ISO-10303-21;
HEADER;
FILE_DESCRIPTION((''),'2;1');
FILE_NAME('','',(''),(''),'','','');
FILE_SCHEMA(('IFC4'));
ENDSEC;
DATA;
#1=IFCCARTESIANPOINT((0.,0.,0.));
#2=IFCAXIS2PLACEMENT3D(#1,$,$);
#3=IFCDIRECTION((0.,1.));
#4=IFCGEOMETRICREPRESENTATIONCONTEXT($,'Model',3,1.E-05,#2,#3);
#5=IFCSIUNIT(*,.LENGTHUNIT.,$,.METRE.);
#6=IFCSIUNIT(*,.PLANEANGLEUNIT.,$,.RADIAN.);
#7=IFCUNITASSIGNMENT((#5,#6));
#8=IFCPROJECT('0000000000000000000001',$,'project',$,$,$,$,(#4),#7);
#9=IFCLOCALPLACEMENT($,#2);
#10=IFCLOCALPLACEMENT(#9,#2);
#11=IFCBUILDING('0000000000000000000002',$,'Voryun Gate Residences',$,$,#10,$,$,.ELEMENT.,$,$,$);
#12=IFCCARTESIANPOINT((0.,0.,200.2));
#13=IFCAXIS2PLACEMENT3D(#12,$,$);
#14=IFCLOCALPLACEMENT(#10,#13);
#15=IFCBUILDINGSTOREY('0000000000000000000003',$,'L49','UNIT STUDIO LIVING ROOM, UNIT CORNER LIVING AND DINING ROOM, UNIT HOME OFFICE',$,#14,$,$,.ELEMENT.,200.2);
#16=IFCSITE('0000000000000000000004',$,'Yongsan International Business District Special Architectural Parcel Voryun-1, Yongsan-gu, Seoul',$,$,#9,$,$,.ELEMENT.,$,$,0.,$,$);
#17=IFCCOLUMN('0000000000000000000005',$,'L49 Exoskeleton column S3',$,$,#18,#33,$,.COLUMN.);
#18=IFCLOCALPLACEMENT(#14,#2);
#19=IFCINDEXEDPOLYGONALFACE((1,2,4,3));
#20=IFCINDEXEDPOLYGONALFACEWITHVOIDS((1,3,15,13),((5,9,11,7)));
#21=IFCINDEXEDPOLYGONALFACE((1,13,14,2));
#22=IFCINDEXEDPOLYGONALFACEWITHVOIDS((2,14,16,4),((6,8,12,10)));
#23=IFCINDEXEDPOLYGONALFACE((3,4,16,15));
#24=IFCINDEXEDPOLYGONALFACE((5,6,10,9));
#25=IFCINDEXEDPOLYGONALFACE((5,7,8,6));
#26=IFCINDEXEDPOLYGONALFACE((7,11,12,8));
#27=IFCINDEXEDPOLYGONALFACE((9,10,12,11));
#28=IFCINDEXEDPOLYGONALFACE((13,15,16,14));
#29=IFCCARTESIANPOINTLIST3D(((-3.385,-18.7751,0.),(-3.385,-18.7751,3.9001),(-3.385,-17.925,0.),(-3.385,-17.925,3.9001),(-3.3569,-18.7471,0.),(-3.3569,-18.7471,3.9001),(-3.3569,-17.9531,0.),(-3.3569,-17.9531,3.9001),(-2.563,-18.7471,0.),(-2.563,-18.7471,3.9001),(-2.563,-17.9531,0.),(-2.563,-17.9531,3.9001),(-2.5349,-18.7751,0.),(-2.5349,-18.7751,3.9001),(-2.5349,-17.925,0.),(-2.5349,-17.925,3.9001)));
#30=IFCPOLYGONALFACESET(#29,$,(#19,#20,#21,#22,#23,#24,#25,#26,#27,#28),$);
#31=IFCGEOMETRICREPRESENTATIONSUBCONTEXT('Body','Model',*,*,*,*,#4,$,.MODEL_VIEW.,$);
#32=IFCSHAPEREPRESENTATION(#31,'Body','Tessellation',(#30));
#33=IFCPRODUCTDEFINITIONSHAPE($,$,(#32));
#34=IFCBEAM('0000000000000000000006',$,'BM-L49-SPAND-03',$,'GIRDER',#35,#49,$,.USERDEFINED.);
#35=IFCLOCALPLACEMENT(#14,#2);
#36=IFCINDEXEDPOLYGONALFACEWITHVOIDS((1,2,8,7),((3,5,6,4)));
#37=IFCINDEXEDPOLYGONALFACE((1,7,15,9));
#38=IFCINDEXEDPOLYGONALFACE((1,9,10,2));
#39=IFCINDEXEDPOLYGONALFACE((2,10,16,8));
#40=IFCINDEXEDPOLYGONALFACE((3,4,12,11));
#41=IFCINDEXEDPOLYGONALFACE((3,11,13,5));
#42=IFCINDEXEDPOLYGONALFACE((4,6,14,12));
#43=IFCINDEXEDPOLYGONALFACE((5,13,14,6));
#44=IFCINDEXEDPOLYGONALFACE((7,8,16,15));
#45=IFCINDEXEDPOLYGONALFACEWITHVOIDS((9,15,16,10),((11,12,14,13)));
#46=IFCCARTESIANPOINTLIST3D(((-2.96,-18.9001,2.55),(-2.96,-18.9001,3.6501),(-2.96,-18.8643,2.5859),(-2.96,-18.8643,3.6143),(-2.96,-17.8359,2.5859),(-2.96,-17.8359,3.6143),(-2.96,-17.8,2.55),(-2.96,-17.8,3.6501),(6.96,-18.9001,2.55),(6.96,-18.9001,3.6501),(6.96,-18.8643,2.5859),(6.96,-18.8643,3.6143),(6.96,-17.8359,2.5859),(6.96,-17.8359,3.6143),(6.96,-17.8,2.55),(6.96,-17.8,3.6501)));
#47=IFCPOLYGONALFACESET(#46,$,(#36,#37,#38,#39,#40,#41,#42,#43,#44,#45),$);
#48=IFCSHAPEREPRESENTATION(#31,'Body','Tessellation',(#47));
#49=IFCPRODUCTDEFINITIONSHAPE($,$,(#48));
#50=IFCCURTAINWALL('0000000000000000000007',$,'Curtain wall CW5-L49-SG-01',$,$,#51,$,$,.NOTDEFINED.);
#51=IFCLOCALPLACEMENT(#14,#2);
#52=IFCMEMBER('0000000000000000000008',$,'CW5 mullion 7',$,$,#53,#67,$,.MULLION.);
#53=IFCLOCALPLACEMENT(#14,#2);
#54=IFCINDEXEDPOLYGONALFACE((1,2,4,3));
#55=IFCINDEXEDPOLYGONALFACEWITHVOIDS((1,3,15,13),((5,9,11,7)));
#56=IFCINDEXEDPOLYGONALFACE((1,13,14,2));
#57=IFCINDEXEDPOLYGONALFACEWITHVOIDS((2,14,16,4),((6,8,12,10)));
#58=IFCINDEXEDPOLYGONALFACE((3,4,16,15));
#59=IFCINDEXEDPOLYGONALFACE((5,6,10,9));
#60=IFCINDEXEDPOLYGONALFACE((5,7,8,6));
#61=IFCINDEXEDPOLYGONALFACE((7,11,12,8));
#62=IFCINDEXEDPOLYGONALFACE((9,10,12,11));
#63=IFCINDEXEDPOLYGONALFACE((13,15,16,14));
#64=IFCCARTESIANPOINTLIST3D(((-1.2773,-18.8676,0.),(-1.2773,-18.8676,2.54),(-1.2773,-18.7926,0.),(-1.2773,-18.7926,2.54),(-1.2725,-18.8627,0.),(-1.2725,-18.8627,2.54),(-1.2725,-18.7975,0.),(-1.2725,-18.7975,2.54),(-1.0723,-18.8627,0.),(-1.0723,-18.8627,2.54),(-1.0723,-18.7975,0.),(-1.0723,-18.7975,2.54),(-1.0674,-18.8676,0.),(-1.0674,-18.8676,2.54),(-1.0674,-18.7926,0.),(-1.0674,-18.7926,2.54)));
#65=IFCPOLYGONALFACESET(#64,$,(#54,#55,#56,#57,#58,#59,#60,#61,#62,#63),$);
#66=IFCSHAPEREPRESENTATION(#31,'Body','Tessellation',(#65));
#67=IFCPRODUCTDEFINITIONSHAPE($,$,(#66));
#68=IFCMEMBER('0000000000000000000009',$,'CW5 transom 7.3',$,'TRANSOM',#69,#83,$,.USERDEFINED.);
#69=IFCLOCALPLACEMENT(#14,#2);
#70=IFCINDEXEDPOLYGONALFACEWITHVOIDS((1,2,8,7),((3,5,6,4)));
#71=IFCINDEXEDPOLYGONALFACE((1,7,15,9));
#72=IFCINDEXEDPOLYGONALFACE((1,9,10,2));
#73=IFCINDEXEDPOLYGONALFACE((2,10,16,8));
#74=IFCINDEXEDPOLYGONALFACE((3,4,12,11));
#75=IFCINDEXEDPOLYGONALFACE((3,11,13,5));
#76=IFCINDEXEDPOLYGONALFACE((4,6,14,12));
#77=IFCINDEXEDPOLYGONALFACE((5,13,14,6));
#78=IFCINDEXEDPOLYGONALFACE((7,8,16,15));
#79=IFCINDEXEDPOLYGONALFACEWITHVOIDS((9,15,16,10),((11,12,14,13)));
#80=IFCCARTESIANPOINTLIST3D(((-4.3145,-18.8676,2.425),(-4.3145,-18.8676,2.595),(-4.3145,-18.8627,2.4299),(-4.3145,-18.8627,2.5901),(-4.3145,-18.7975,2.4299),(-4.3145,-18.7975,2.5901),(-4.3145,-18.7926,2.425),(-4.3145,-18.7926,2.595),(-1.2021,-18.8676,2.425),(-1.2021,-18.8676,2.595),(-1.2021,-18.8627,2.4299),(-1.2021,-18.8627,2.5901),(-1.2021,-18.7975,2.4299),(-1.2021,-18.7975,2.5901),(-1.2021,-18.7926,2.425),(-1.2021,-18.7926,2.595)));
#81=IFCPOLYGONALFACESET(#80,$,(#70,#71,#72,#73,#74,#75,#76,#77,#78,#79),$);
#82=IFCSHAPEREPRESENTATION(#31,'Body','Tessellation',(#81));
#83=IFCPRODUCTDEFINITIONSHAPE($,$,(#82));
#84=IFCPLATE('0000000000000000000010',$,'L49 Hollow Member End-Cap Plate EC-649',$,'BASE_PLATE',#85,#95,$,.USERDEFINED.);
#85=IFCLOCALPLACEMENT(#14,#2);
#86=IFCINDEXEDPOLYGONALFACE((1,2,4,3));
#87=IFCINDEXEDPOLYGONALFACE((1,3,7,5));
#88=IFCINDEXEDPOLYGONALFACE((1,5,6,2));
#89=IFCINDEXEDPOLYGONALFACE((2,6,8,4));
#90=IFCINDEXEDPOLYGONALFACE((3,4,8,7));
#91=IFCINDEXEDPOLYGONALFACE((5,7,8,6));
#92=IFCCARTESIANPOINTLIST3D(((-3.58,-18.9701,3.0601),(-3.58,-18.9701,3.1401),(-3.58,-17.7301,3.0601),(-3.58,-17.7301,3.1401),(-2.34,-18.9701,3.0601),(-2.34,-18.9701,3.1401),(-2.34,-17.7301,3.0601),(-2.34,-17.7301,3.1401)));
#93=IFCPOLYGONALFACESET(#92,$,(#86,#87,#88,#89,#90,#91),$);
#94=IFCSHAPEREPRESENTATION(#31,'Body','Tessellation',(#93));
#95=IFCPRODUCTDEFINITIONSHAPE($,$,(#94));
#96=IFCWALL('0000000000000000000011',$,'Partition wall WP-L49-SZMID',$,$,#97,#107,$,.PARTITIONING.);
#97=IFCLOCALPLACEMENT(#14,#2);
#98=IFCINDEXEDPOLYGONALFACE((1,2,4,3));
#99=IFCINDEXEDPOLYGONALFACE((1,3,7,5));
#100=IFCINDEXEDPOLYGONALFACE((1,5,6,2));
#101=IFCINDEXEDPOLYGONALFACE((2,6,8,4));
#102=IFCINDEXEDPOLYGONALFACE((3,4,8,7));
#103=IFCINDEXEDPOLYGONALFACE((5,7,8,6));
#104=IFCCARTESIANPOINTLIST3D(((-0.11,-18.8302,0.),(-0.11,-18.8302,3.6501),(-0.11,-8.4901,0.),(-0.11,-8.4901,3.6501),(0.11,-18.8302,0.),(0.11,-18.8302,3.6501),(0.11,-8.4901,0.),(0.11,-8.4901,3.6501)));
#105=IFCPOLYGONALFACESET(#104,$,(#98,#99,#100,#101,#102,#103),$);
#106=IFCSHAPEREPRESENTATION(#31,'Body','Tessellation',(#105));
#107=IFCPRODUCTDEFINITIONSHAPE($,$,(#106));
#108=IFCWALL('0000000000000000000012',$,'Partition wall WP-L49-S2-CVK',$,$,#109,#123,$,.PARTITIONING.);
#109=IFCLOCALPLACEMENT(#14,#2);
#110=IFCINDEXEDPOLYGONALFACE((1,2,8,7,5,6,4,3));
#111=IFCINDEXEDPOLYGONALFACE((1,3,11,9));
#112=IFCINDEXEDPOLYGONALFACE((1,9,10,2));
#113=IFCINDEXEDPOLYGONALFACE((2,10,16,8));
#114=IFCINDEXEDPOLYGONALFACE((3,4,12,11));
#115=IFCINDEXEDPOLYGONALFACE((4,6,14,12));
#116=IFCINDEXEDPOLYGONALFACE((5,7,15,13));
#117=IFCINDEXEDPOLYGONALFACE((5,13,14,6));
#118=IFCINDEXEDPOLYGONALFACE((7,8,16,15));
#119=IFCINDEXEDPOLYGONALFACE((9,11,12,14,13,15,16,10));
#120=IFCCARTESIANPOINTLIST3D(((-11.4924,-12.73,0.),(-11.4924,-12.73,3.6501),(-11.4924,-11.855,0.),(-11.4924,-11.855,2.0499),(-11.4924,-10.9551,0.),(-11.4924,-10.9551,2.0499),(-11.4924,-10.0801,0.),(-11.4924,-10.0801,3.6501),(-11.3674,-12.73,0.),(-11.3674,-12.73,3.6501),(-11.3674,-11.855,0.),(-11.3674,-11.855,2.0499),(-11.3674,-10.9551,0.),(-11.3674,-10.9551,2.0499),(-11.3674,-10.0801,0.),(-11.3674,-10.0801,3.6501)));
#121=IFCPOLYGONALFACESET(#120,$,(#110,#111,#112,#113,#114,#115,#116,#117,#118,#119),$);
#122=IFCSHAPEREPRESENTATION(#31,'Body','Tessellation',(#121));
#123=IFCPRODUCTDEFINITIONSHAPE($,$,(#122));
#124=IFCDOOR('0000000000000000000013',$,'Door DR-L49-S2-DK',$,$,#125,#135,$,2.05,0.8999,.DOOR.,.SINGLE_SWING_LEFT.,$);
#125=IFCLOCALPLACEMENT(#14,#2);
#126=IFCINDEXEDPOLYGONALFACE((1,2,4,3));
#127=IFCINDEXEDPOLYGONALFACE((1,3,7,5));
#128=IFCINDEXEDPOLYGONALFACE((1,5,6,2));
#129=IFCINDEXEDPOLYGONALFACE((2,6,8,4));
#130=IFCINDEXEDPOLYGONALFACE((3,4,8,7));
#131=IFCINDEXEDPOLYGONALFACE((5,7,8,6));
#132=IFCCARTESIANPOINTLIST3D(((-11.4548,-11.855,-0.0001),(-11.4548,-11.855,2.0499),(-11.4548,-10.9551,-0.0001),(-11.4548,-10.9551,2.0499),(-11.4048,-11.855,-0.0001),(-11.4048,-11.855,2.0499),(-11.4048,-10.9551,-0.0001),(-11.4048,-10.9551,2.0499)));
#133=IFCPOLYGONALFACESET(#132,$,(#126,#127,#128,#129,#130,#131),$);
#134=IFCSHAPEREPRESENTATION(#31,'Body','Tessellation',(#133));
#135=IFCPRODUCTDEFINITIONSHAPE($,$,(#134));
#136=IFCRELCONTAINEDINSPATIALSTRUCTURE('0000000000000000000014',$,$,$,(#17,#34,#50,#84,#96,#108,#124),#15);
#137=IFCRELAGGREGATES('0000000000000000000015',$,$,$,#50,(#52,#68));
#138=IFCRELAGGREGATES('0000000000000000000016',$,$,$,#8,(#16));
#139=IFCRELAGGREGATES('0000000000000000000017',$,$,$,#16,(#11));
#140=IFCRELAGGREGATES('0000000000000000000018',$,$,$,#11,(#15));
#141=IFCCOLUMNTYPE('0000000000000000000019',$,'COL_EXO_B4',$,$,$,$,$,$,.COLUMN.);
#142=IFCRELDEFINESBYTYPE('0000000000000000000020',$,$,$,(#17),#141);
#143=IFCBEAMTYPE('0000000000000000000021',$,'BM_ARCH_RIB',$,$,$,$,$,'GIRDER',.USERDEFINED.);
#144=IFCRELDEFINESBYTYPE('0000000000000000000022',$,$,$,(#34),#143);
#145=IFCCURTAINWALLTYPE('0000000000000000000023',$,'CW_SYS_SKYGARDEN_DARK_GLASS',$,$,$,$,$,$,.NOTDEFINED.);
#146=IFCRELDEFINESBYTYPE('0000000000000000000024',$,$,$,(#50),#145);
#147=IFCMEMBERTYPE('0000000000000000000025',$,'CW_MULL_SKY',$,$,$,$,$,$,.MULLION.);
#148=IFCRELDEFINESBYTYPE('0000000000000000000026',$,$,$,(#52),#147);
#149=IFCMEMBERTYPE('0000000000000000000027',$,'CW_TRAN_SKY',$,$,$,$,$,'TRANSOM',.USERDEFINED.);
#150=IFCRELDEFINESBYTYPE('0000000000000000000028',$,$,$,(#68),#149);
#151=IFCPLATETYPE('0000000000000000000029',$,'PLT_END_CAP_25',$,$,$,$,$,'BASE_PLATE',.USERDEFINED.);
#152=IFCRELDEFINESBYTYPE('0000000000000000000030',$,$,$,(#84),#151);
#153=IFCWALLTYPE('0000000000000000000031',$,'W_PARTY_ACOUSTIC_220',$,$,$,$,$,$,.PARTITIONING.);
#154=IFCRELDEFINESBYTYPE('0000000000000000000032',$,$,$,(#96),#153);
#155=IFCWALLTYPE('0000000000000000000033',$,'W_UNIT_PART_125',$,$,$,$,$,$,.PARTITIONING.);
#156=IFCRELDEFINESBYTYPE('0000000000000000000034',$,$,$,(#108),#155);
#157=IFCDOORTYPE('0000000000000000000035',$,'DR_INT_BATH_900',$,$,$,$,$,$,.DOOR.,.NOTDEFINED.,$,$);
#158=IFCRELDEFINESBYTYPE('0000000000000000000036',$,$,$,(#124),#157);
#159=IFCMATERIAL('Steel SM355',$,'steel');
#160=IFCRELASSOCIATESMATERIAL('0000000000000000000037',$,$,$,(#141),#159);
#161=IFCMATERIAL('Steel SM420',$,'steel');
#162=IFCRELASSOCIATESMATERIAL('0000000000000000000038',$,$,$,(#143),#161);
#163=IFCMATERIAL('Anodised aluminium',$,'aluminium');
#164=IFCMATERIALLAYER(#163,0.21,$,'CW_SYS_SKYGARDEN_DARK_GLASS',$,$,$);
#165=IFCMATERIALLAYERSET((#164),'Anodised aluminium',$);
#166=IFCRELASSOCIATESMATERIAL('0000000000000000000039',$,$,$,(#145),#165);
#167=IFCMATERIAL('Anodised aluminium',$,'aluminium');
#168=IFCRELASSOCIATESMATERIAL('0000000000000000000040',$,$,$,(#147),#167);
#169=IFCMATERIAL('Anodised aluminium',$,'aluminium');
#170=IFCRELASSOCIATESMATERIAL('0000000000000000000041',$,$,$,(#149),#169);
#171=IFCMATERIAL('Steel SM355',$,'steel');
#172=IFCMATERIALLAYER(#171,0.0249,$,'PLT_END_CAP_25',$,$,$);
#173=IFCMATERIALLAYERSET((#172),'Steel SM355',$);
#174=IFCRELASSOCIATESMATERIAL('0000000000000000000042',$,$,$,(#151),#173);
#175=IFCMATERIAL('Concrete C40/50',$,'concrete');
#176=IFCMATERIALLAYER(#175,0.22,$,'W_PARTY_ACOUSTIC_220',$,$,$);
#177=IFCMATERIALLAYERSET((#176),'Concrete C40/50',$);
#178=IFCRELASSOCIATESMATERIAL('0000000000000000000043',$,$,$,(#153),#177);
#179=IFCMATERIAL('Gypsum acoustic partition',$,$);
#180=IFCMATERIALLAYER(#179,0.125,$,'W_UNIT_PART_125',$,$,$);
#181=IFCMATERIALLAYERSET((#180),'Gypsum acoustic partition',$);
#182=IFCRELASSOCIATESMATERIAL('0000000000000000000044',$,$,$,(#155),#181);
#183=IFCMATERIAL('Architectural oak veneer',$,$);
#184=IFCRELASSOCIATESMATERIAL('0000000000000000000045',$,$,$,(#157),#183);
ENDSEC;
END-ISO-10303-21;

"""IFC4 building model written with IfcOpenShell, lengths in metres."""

from ifc_helpers import new_model, si_unit, direction, frame, frame_2d, origin, origin_2d, place, context, subcontext, project, spatial, rectangle, hollow_rectangle, extrude, material, layer, layer_set, material_profile, profile_set, type_object, element, fill, aggregate, save


model = new_model("IFC4")

# Units and contexts
model_context = context("Model", 3, precision=1e-05, world=origin(), true_north=direction((0.0, 1.0)))
body_context = subcontext(model_context, "Body", "Model", "MODEL_VIEW")
ifc_project = project(units=[si_unit("LENGTHUNIT", "METRE"), si_unit("PLANEANGLEUNIT", "RADIAN")], contexts=[model_context])

# Site, building, storey
site_placement = place(None, origin())
site = spatial("IfcSite", under=ifc_project, at=site_placement, Name="Yongsan International Business District Special Architectural Parcel Voryun-1, Yongsan-gu, Seoul", CompositionType="ELEMENT", RefElevation=0.0)
building_placement = place(site_placement, origin())
building = spatial("IfcBuilding", under=site, at=building_placement, Name="Voryun Gate Residences", CompositionType="ELEMENT")
storey_placement = place(building_placement, frame((0.0, 0.0, 200.2)))
storey = spatial("IfcBuildingStorey", under=building, at=storey_placement, Name="L49", Description="UNIT STUDIO LIVING ROOM, UNIT CORNER LIVING AND DINING ROOM, UNIT HOME OFFICE", CompositionType="ELEMENT", Elevation=200.2)

# Column
ifc_material_1 = material(Name="Steel SM355", Category="steel")
ifc_material_profile_1 = material_profile(ifc_material_1, hollow_rectangle(XDim=0.8501, YDim=0.8501, WallThickness=0.0281, at=origin_2d()), Name="BOX-850x850x28")
ifc_profile_set_1 = profile_set([ifc_material_profile_1], Name="Steel SM355")
column_type = type_object("IfcColumnType", Name="COL_EXO_B4", PredefinedType="COLUMN", material=ifc_profile_set_1)
column_placement = place(storey_placement, frame((-2.96, -18.3501, 0.0), z_axis=(0.0, 0.0, 1.0), x_axis=(1.0, 0.0, 0.0)))
element("IfcColumn", 1, at=column_placement, inside=storey, type_object=column_type, Name="L49 Exoskeleton column S3", PredefinedType="COLUMN", context=body_context, shape_type="SweptSolid", body=[
    extrude(hollow_rectangle(XDim=0.8501, YDim=0.8501, WallThickness=0.0281, at=origin_2d()), origin(), (0.0, 0.0, 1.0), 3.9001),
])

# Beam
ifc_material_2 = material(Name="Steel SM420", Category="steel")
ifc_material_profile_2 = material_profile(ifc_material_2, hollow_rectangle(XDim=1.1001, YDim=1.1001, WallThickness=0.0359, at=origin_2d()), Name="BOX-1100x1100x36")
ifc_profile_set_2 = profile_set([ifc_material_profile_2], Name="Steel SM420")
beam_type = type_object("IfcBeamType", Name="BM_ARCH_RIB", ElementType="GIRDER", PredefinedType="USERDEFINED", material=ifc_profile_set_2)
beam_placement = place(storey_placement, frame((-2.96, -18.3501, 3.1001), z_axis=(1.0, 0.0, 0.0), x_axis=(0.0, 1.0, 0.0)))
element("IfcBeam", 2, at=beam_placement, inside=storey, type_object=beam_type, Name="BM-L49-SPAND-03", ObjectType="GIRDER", PredefinedType="USERDEFINED", context=body_context, shape_type="SweptSolid", body=[
    extrude(hollow_rectangle(XDim=1.1001, YDim=1.1001, WallThickness=0.0359, at=origin_2d()), origin(), (0.0, 0.0, 1.0), 9.9199),
])

# Curtain wall, members
ifc_material_3 = material(Name="Anodised aluminium", Category="aluminium")
ifc_layer_1 = layer(ifc_material_3, 0.21, Name="CW_SYS_SKYGARDEN_DARK_GLASS")
ifc_layer_set_1 = layer_set([ifc_layer_1], Name="Anodised aluminium")
curtain_wall_type = type_object("IfcCurtainWallType", Name="CW_SYS_SKYGARDEN_DARK_GLASS", PredefinedType="NOTDEFINED", material=ifc_layer_set_1)
curtain_wall_placement = place(storey_placement, origin())
curtain_wall = element("IfcCurtainWall", 3, at=curtain_wall_placement, inside=storey, type_object=curtain_wall_type, Name="Curtain wall CW5-L49-SG-01", PredefinedType="NOTDEFINED")
ifc_material_4 = material(Name="Anodised aluminium", Category="aluminium")
ifc_material_profile_3 = material_profile(ifc_material_4, hollow_rectangle(XDim=0.075, YDim=0.21, WallThickness=0.0049, at=origin_2d()), Name="ALU-MULL-210x75x5")
ifc_profile_set_3 = profile_set([ifc_material_profile_3], Name="Anodised aluminium")
member_type_1 = type_object("IfcMemberType", Name="CW_MULL_SKY", PredefinedType="MULLION", material=ifc_profile_set_3)
member_1_placement = place(storey_placement, frame((-1.1724, -18.8301, 0.0), z_axis=(0.0, 0.0, 1.0), x_axis=(0.0, -1.0, 0.0)))
member_1 = element("IfcMember", 4, at=member_1_placement, type_object=member_type_1, Name="CW5 mullion 7", PredefinedType="MULLION", context=body_context, shape_type="SweptSolid", body=[
    extrude(hollow_rectangle(XDim=0.075, YDim=0.21, WallThickness=0.0049, at=origin_2d()), origin(), (0.0, 0.0, 1.0), 2.54),
])
ifc_material_5 = material(Name="Anodised aluminium", Category="aluminium")
ifc_material_profile_4 = material_profile(ifc_material_5, hollow_rectangle(XDim=0.075, YDim=0.1699, WallThickness=0.0049, at=origin_2d()), Name="ALU-TRAN-170x75x5")
ifc_profile_set_4 = profile_set([ifc_material_profile_4], Name="Anodised aluminium")
member_type_2 = type_object("IfcMemberType", Name="CW_TRAN_SKY", ElementType="TRANSOM", PredefinedType="USERDEFINED", material=ifc_profile_set_4)
member_2_placement = place(storey_placement, frame((-1.2021, -18.8301, 2.51), z_axis=(-1.0, 0.0, 0.0), x_axis=(0.0, -1.0, 0.0)))
member_2 = element("IfcMember", 5, at=member_2_placement, type_object=member_type_2, Name="CW5 transom 7.3", ObjectType="TRANSOM", PredefinedType="USERDEFINED", context=body_context, shape_type="SweptSolid", body=[
    extrude(hollow_rectangle(XDim=0.075, YDim=0.1699, WallThickness=0.0049, at=origin_2d()), origin(), (0.0, 0.0, 1.0), 3.1123),
])
aggregate(curtain_wall, [member_1, member_2])

# Plate
ifc_material_6 = material(Name="Steel SM355", Category="steel")
ifc_layer_2 = layer(ifc_material_6, 0.0249, Name="PLT_END_CAP_25")
ifc_layer_set_2 = layer_set([ifc_layer_2], Name="Steel SM355")
plate_type = type_object("IfcPlateType", Name="PLT_END_CAP_25", ElementType="BASE_PLATE", PredefinedType="USERDEFINED", material=ifc_layer_set_2)
plate_placement = place(storey_placement, frame((-2.96, -18.3501, 3.0601), z_axis=(0.0, 0.0, 1.0), x_axis=(1.0, 0.0, 0.0)))
element("IfcPlate", 6, at=plate_placement, inside=storey, type_object=plate_type, Name="L49 Hollow Member End-Cap Plate EC-649", ObjectType="BASE_PLATE", PredefinedType="USERDEFINED", context=body_context, shape_type="SweptSolid", body=[
    extrude(rectangle(XDim=1.24, YDim=1.24, at=origin_2d()), origin(), (0.0, 0.0, 1.0), 0.0801),
])

# Wall
ifc_material_7 = material(Name="Concrete C40/50", Category="concrete")
ifc_layer_3 = layer(ifc_material_7, 0.22, Name="W_PARTY_ACOUSTIC_220")
ifc_layer_set_3 = layer_set([ifc_layer_3], Name="Concrete C40/50")
wall_type_1 = type_object("IfcWallType", Name="W_PARTY_ACOUSTIC_220", PredefinedType="PARTITIONING", material=ifc_layer_set_3)
wall_1_placement = place(storey_placement, frame((0.0, -18.8301, 0.0), z_axis=(0.0, 0.0, 1.0), x_axis=(0.0, 1.0, 0.0)))
element("IfcWall", 7, at=wall_1_placement, inside=storey, type_object=wall_type_1, Name="Partition wall WP-L49-SZMID", PredefinedType="PARTITIONING", context=body_context, shape_type="SweptSolid", body=[
    extrude(rectangle(XDim=10.3401, YDim=0.22, at=frame_2d((5.1699, 0.0))), origin(), (0.0, 0.0, 1.0), 3.6501),
])

# Wall, opening, door
ifc_material_8 = material(Name="Gypsum acoustic partition")
ifc_layer_4 = layer(ifc_material_8, 0.125, Name="W_UNIT_PART_125")
ifc_layer_set_4 = layer_set([ifc_layer_4], Name="Gypsum acoustic partition")
wall_type_2 = type_object("IfcWallType", Name="W_UNIT_PART_125", PredefinedType="PARTITIONING", material=ifc_layer_set_4)
wall_2_placement = place(storey_placement, frame((-11.4299, -12.73, 0.0), z_axis=(0.0, 0.0, 1.0), x_axis=(0.0, 1.0, 0.0)))
wall_2 = element("IfcWall", 8, at=wall_2_placement, inside=storey, type_object=wall_type_2, Name="Partition wall WP-L49-S2-CVK", PredefinedType="PARTITIONING", context=body_context, shape_type="SweptSolid", body=[
    extrude(rectangle(XDim=2.6499, YDim=0.125, at=frame_2d((1.325, 0.0))), origin(), (0.0, 0.0, 1.0), 3.6501),
])
opening_1_placement = place(wall_2_placement, frame((0.875, 0.0, 0.0)))
opening_1 = element("IfcOpeningElement", 9, at=opening_1_placement, cuts=wall_2, PredefinedType="OPENING", context=body_context, shape_type="SweptSolid", body=[
    extrude(rectangle(XDim=0.8999, YDim=2.05, at=frame_2d((0.45, 1.0249))), frame((0.0, 0.0725, 0.0), z_axis=(0.0, -1.0, 0.0), x_axis=(1.0, 0.0, 0.0)), (0.0, 0.0, 1.0), 0.145),
])
ifc_material_9 = material(Name="Architectural oak veneer")
door_type = type_object("IfcDoorType", Name="DR_INT_BATH_900", OperationType="NOTDEFINED", PredefinedType="DOOR", material=ifc_material_9)
door_1_placement = place(opening_1_placement, origin())
door_1 = element("IfcDoor", 10, at=door_1_placement, inside=storey, type_object=door_type, Name="Door DR-L49-S2-DK", OperationType="SINGLE_SWING_LEFT", OverallHeight=2.05, OverallWidth=0.8999, PredefinedType="DOOR", context=body_context, shape_type="SweptSolid", body=[
    extrude(rectangle(XDim=0.8999, YDim=2.05, at=frame_2d((0.45, 1.0249))), frame((0.0, 0.0249, 0.0), z_axis=(0.0, -1.0, 0.0), x_axis=(1.0, 0.0, 0.0)), (0.0, 0.0, 1.0), 0.05),
])
fill(opening_1, door_1)

save(model, "model.ifc")
